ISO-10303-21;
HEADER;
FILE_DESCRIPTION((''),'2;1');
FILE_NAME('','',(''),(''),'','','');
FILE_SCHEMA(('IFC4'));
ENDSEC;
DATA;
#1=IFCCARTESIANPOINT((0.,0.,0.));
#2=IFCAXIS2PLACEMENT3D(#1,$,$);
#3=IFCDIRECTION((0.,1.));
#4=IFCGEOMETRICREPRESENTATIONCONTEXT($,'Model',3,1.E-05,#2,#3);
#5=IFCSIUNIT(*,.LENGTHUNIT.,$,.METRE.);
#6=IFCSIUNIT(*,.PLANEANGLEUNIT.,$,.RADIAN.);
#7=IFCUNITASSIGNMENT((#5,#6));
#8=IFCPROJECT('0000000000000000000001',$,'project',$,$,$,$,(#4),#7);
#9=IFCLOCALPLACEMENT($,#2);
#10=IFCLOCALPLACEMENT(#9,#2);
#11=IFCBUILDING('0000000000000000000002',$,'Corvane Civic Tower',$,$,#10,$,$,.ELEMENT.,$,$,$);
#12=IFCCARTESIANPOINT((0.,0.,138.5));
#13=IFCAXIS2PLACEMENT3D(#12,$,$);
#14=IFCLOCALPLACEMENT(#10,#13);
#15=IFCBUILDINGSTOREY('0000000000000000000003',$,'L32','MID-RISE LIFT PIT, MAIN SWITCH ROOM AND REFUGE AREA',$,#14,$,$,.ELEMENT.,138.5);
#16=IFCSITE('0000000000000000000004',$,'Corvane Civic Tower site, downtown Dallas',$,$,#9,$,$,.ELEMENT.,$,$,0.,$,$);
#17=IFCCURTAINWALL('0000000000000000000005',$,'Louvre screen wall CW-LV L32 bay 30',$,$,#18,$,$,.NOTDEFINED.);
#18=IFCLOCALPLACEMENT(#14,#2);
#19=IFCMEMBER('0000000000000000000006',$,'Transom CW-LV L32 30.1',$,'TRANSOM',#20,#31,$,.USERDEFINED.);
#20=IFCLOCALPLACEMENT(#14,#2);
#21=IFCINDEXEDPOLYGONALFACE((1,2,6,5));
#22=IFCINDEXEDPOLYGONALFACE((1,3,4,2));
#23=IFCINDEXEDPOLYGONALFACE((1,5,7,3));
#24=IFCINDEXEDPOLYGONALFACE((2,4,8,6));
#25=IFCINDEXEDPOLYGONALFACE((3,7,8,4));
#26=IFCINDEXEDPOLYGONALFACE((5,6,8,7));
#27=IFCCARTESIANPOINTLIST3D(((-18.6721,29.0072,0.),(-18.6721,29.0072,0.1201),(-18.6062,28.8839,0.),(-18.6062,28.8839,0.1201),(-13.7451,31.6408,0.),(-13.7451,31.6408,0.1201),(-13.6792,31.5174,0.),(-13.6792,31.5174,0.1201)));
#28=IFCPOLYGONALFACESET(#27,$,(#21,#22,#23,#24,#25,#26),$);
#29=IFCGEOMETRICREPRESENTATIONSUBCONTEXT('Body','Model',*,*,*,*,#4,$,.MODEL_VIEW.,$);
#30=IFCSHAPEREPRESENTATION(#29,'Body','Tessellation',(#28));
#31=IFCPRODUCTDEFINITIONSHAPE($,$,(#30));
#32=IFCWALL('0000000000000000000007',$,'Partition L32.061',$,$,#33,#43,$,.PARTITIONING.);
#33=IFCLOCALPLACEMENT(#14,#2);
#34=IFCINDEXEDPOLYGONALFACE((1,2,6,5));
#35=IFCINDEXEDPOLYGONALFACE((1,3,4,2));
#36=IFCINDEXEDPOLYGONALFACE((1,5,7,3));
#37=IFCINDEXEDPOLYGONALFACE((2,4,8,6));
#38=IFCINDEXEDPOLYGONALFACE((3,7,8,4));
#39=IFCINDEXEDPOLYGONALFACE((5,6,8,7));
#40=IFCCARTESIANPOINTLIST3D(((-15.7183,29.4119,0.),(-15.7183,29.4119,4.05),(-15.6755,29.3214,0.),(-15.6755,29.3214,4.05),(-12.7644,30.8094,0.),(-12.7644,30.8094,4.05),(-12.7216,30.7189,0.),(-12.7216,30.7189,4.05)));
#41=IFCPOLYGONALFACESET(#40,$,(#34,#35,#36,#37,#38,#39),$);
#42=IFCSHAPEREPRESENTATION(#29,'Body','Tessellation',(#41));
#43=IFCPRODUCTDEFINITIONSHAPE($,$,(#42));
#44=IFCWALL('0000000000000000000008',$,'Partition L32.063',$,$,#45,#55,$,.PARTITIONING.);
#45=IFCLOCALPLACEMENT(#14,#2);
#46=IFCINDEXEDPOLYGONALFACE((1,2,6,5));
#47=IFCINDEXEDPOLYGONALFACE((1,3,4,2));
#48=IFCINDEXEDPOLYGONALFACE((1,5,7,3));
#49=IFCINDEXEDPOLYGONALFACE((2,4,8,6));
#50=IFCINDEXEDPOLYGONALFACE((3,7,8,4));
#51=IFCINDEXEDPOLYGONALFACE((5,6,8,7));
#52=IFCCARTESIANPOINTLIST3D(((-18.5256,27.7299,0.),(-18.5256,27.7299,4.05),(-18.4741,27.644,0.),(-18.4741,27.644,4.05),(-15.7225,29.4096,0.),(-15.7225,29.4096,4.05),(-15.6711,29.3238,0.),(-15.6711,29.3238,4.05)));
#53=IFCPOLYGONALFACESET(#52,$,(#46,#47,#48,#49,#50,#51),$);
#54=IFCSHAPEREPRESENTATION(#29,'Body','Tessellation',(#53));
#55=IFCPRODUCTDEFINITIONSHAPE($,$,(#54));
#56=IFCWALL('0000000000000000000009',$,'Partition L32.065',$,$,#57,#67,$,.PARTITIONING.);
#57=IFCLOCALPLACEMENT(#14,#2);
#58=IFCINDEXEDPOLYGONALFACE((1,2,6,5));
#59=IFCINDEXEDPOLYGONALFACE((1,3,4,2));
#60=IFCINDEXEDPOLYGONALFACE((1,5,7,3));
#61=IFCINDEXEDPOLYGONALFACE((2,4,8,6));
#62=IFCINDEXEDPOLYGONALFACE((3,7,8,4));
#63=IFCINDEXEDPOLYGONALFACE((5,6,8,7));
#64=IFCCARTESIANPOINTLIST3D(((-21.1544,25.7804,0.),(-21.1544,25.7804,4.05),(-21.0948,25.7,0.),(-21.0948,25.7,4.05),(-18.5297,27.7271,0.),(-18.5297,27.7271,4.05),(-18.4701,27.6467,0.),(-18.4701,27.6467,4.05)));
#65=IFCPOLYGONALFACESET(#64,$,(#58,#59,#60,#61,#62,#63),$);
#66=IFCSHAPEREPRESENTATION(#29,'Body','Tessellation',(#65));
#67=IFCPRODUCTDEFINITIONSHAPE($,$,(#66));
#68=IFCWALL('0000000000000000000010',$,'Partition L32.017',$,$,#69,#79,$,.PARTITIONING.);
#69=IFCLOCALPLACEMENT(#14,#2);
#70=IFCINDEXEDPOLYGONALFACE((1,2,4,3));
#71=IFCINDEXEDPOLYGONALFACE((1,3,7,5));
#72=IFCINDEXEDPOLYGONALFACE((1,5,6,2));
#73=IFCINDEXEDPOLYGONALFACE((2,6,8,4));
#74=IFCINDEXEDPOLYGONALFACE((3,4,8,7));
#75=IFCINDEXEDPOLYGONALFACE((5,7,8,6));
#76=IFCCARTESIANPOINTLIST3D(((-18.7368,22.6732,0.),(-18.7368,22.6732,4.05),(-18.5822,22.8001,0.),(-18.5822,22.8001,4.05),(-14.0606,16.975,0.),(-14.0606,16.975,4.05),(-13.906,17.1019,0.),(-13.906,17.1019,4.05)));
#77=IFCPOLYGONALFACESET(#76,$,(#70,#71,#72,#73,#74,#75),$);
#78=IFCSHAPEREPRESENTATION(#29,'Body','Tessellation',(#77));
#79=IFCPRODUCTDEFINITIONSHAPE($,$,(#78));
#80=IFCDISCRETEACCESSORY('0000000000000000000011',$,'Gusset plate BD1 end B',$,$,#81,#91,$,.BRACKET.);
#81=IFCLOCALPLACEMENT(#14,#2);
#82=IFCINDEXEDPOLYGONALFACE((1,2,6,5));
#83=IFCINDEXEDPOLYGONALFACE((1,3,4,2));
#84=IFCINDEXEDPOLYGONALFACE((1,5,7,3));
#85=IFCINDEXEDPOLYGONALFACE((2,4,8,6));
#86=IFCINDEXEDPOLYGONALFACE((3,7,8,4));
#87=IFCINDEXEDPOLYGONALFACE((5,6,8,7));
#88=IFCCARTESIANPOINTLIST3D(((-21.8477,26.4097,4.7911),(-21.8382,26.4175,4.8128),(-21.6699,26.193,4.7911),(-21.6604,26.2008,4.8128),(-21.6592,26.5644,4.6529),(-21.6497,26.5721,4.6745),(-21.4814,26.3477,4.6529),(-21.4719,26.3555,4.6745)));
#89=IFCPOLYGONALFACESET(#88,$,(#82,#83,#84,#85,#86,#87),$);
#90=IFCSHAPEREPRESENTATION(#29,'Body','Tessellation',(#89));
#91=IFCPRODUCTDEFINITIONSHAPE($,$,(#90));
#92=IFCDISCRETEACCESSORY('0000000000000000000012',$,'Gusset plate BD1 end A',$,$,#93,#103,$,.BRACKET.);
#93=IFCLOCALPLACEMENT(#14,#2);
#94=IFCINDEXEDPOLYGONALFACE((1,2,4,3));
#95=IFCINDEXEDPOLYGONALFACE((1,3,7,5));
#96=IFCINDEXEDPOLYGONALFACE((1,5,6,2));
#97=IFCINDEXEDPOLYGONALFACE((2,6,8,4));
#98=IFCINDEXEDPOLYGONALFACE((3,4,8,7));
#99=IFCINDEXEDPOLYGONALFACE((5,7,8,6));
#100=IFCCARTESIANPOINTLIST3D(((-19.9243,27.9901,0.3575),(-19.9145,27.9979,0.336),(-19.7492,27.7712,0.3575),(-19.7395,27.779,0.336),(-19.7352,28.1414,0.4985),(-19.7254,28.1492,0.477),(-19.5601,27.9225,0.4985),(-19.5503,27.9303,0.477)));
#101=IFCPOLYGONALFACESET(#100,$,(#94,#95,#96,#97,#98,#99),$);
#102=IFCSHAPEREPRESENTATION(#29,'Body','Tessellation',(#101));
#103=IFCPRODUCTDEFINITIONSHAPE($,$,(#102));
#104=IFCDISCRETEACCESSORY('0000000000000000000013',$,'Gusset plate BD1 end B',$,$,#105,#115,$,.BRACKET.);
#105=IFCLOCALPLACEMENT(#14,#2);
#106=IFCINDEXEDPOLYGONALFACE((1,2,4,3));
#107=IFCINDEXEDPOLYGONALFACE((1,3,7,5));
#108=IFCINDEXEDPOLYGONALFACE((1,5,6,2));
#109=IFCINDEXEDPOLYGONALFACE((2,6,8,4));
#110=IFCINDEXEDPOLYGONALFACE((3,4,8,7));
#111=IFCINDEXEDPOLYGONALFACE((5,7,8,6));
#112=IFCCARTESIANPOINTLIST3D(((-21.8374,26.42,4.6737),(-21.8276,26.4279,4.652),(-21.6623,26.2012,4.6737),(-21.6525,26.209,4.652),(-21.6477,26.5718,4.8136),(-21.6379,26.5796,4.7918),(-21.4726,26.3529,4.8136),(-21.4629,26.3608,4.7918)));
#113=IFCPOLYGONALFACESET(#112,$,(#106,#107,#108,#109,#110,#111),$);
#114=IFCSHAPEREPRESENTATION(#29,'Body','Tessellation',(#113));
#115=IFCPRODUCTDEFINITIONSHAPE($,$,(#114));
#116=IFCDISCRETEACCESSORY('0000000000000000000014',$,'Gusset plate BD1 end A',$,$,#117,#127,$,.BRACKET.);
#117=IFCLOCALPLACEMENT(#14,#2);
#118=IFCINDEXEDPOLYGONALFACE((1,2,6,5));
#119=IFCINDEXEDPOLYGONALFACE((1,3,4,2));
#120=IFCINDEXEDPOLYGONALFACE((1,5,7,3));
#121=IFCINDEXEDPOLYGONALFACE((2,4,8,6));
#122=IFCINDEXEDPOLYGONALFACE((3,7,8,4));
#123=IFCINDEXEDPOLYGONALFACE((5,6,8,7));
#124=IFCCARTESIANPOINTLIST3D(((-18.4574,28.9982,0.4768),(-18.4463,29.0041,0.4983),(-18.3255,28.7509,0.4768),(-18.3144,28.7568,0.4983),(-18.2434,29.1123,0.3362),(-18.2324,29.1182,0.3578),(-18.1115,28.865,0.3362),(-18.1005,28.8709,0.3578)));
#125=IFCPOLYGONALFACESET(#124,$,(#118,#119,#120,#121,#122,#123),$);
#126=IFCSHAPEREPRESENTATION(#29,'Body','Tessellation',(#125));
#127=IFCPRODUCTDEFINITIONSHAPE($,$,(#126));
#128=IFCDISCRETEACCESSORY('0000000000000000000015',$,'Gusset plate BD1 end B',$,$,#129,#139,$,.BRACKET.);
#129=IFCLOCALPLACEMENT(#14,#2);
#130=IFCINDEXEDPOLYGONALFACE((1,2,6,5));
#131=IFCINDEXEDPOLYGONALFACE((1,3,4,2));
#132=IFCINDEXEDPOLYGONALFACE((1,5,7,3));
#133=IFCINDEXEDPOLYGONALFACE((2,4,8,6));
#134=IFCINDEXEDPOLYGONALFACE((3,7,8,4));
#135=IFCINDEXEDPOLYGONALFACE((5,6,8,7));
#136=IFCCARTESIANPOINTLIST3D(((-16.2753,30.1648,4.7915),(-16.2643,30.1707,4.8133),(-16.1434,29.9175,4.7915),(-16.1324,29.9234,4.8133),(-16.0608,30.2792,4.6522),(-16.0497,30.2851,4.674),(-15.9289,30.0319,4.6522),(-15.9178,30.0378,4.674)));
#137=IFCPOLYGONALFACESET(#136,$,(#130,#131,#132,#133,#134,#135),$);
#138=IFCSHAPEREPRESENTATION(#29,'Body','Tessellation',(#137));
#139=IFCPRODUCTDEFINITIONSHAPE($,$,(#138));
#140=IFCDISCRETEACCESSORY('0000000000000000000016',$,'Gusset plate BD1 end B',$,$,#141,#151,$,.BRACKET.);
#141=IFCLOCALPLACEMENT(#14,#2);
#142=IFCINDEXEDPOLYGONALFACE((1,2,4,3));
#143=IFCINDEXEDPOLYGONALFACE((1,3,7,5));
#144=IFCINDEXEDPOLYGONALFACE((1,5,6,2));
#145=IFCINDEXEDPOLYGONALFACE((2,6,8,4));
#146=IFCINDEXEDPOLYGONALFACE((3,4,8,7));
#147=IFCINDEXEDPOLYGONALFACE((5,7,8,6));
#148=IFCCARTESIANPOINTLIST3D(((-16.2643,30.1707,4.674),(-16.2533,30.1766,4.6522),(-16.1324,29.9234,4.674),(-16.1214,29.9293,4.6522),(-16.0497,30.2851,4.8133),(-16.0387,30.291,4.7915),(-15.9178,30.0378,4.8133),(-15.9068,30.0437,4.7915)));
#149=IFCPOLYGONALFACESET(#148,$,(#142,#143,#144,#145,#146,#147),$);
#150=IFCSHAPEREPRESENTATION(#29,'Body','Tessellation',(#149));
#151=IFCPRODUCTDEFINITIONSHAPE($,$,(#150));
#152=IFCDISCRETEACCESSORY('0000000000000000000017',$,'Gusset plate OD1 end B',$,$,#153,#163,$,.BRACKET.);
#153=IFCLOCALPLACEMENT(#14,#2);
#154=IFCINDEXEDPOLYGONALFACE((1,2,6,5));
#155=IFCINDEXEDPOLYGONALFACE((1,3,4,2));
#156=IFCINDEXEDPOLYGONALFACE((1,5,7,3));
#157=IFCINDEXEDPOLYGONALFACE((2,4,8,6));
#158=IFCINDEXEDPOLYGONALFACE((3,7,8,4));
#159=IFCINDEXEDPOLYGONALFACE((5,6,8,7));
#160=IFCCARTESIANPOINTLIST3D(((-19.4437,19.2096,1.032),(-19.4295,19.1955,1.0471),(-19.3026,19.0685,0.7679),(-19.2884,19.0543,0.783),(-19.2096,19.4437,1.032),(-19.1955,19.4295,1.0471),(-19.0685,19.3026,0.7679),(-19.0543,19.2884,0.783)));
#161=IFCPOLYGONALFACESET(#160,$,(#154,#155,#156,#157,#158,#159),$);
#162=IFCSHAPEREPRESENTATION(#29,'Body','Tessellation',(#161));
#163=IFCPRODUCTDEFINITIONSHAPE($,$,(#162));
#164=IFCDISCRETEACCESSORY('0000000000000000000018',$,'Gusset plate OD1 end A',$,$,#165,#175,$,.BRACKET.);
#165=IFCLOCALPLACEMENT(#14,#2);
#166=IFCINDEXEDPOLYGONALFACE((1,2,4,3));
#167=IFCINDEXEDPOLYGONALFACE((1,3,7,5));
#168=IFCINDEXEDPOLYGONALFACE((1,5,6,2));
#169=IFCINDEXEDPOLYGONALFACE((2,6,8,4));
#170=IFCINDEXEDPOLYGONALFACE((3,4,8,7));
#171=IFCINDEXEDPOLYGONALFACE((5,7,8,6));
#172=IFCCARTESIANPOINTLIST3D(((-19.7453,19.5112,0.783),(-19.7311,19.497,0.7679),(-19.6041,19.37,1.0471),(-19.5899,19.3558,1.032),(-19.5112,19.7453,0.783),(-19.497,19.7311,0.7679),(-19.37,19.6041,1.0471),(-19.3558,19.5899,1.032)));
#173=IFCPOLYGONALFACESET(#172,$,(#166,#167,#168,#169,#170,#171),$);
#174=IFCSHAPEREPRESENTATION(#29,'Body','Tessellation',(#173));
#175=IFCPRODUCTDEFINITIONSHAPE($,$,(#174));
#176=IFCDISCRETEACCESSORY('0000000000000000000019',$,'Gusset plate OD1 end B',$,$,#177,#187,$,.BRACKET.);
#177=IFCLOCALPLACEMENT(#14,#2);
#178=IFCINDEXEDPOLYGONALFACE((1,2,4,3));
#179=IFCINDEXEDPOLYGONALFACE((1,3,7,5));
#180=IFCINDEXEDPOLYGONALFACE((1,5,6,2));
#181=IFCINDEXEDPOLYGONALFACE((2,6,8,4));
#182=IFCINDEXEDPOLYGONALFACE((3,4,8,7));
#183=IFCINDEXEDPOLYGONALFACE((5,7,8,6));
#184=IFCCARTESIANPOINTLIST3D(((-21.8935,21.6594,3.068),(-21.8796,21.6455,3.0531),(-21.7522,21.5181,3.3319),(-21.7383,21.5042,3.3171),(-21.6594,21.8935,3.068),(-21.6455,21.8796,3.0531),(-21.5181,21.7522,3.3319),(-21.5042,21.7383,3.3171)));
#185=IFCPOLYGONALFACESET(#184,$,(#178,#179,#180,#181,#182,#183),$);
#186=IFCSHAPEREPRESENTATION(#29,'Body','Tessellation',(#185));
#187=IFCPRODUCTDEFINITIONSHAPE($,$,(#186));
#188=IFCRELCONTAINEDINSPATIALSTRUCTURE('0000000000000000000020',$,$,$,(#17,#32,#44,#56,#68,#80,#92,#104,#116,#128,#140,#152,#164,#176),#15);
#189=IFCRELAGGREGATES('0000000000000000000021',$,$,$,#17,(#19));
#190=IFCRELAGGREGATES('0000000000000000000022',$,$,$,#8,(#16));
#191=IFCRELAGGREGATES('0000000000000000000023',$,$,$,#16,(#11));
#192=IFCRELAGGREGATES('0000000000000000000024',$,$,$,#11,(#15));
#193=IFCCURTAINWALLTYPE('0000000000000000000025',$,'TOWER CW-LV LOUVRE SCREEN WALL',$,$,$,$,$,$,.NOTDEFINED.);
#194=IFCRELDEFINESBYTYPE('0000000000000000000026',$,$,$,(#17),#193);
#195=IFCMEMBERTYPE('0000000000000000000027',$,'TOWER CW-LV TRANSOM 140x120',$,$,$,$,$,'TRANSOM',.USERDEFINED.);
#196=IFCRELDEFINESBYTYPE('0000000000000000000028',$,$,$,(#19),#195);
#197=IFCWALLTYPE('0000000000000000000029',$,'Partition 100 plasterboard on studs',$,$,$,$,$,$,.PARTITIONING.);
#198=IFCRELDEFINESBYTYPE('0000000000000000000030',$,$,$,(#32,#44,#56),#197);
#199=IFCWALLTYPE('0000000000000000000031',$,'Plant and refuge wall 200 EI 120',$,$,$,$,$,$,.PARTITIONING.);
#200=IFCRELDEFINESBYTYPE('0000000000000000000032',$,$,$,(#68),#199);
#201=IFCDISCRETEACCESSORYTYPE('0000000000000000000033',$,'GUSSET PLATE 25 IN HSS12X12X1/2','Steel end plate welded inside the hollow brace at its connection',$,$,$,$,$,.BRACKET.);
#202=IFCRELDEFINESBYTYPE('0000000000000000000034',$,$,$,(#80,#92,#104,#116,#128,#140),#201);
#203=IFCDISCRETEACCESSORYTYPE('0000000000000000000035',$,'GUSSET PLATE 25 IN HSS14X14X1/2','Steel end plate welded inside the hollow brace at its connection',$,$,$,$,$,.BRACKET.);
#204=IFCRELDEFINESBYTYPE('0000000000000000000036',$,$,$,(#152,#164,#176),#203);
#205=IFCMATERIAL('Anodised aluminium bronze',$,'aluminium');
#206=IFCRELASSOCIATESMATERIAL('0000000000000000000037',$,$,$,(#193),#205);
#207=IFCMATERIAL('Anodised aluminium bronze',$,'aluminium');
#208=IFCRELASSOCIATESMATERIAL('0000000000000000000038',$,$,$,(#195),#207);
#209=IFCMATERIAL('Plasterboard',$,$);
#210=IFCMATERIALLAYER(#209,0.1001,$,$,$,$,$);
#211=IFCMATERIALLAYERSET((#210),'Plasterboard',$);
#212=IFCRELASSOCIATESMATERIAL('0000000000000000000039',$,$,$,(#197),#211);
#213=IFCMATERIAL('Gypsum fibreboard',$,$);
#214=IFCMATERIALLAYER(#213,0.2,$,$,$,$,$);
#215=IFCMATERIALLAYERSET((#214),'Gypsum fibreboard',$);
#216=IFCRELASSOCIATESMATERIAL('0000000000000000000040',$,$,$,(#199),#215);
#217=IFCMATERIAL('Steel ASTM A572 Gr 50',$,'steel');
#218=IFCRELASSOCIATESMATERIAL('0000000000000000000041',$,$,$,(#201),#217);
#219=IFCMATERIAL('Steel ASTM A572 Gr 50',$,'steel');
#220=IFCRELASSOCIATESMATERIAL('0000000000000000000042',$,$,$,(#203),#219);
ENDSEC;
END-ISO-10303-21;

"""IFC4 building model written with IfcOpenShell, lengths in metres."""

from ifc_helpers import new_model, si_unit, direction, frame, frame_2d, origin, origin_2d, place, context, subcontext, project, spatial, rectangle, extrude, material, layer, layer_set, material_profile, profile_set, type_object, element, aggregate, save


model = new_model("IFC4")

# Units and contexts
model_context = context("Model", 3, precision=1e-05, world=origin(), true_north=direction((0.0, 1.0)))
body_context = subcontext(model_context, "Body", "Model", "MODEL_VIEW")
ifc_project = project(units=[si_unit("LENGTHUNIT", "METRE"), si_unit("PLANEANGLEUNIT", "RADIAN")], contexts=[model_context])

# Site, building, storey
site_placement = place(None, origin())
site = spatial("IfcSite", under=ifc_project, at=site_placement, Name="Corvane Civic Tower site, downtown Dallas", CompositionType="ELEMENT", RefElevation=0.0)
building_placement = place(site_placement, origin())
building = spatial("IfcBuilding", under=site, at=building_placement, Name="Corvane Civic Tower", CompositionType="ELEMENT")
storey_placement = place(building_placement, frame((0.0, 0.0, 138.5)))
storey = spatial("IfcBuildingStorey", under=building, at=storey_placement, Name="L32", Description="MID-RISE LIFT PIT, MAIN SWITCH ROOM AND REFUGE AREA", CompositionType="ELEMENT", Elevation=138.5)

# Curtain wall, member
ifc_material_1 = material(Name="Anodised aluminium bronze", Category="aluminium")
curtain_wall_type = type_object("IfcCurtainWallType", Name="TOWER CW-LV LOUVRE SCREEN WALL", PredefinedType="NOTDEFINED", material=ifc_material_1)
curtain_wall_placement = place(storey_placement, origin())
curtain_wall = element("IfcCurtainWall", 1, at=curtain_wall_placement, inside=storey, type_object=curtain_wall_type, Name="Louvre screen wall CW-LV L32 bay 30", PredefinedType="NOTDEFINED")
ifc_material_2 = material(Name="Anodised aluminium bronze", Category="aluminium")
ifc_material_profile_1 = material_profile(ifc_material_2, rectangle(XDim=0.1399, YDim=0.1201, at=origin_2d()), Name="TOWER CW-LV TRANSOM 140x120")
ifc_profile_set_1 = profile_set([ifc_material_profile_1], Name="Anodised aluminium bronze")
member_type_1 = type_object("IfcMemberType", Name="TOWER CW-LV TRANSOM 140x120", ElementType="TRANSOM", PredefinedType="USERDEFINED", material=ifc_profile_set_1)
member_1_placement = place(storey_placement, frame((-18.6392, 28.9456, 0.0601), z_axis=(0.881921, 0.471398, 0.0), x_axis=(-0.471398, 0.881921, 0.0)))
member_1 = element("IfcMember", 2, at=member_1_placement, type_object=member_type_1, Name="Transom CW-LV L32 30.1", ObjectType="TRANSOM", PredefinedType="USERDEFINED", context=body_context, shape_type="SweptSolid", body=[
    extrude(rectangle(XDim=0.1399, YDim=0.1201, at=origin_2d()), origin(), (0.0, 0.0, 1.0), 5.5867),
])

# Walls
ifc_material_3 = material(Name="Plasterboard")
ifc_layer_1 = layer(ifc_material_3, 0.1001)
ifc_layer_set_1 = layer_set([ifc_layer_1], Name="Plasterboard")
wall_type_1 = type_object("IfcWallType", Name="Partition 100 plasterboard on studs", PredefinedType="PARTITIONING", material=ifc_layer_set_1)
for number, where, z_axis, x_axis, name in (
    (3, (-15.6968, 29.3667, 0.0), (0.0, 0.0, 1.0), (0.903943, 0.427653, 0.0), "Partition L32.061"),
    (4, (-18.4998, 27.687, 0.0), (0.0, 0.0, 1.0), (0.857776, 0.514023, 0.0), "Partition L32.063"),
    (5, (-21.1245, 25.7402, 0.0), (0.0, 0.0, 1.0), (0.803189, 0.595724, 0.0), "Partition L32.065"),
):
    element("IfcWall", number, at=place(storey_placement, frame(where, z_axis=z_axis, x_axis=x_axis)), inside=storey, type_object=wall_type_1, Name=name, PredefinedType="PARTITIONING", context=body_context, shape_type="SweptSolid", body=[
        extrude(rectangle(XDim=3.2678, YDim=0.1001, at=frame_2d((1.6338, 0.0))), origin(), (0.0, 0.0, 1.0), 4.05),
    ])
ifc_material_4 = material(Name="Gypsum fibreboard")
ifc_layer_2 = layer(ifc_material_4, 0.2)
ifc_layer_set_2 = layer_set([ifc_layer_2], Name="Gypsum fibreboard")
wall_type_2 = type_object("IfcWallType", Name="Plant and refuge wall 200 EI 120", PredefinedType="PARTITIONING", material=ifc_layer_set_2)
wall_placement = place(storey_placement, frame((-18.6594, 22.7366, 0.0), z_axis=(0.0, 0.0, 1.0), x_axis=(0.634381, -0.773021, 0.0)))
element("IfcWall", 6, at=wall_placement, inside=storey, type_object=wall_type_2, Name="Partition L32.017", PredefinedType="PARTITIONING", context=body_context, shape_type="SweptSolid", body=[
    extrude(rectangle(XDim=7.3713, YDim=0.2, at=frame_2d((3.6855, 0.0))), origin(), (0.0, 0.0, 1.0), 4.05),
])

aggregate(curtain_wall, [member_1])

# Discrete accessories
ifc_material_5 = material(Name="Steel ASTM A572 Gr 50", Category="steel")
ifc_material_profile_2 = material_profile(ifc_material_5, rectangle(XDim=0.2803, YDim=0.2803, at=origin_2d()), Name="GUSSET PLATE 25 IN HSS12X12X1/2")
ifc_profile_set_2 = profile_set([ifc_material_profile_2], Name="Steel ASTM A572 Gr 50")
discrete_accessory_type_1 = type_object("IfcDiscreteAccessoryType", Name="GUSSET PLATE 25 IN HSS12X12X1/2", Description="Steel end plate welded inside the hollow brace at its connection", PredefinedType="BRACKET", material=ifc_profile_set_2)
for number, where, z_axis, x_axis, name in (
    (7, (-21.655, 26.3865, 4.7437), (-0.381219, -0.312795, -0.869961), (0.634317, -0.773073, 0.0), "Gusset plate BD1 end B"),
    (8, (-19.7324, 27.9641, 0.4065), (-0.392837, -0.31427, 0.864242), (0.624695, -0.780869, 0.0), "Gusset plate BD1 end A"),
):
    element("IfcDiscreteAccessory", number, at=place(storey_placement, frame(where, z_axis=z_axis, x_axis=x_axis)), inside=storey, type_object=discrete_accessory_type_1, Name=name, PredefinedType="BRACKET", context=body_context, shape_type="SweptSolid", body=[
        extrude(rectangle(XDim=0.2803, YDim=0.2803, at=origin_2d()), origin(), (0.0, 0.0, 1.0), 0.0249),
    ])
discrete_accessory_1_placement = place(storey_placement, frame((-21.655, 26.3865, 4.7437), z_axis=(0.389526, 0.311621, -0.866696), x_axis=(-0.624695, 0.780869, 0.0)))
element("IfcDiscreteAccessory", 9, at=discrete_accessory_1_placement, inside=storey, type_object=discrete_accessory_type_1, Name="Gusset plate BD1 end B", PredefinedType="BRACKET", context=body_context, shape_type="SweptSolid", body=[
    extrude(rectangle(XDim=0.2803, YDim=0.2803, at=origin_2d()), origin(), (0.0, 0.0, 1.0), 0.0251),
])
discrete_accessory_2_placement = place(storey_placement, frame((-18.2844, 28.9316, 0.4065), z_axis=(0.442433, 0.235964, 0.865202), x_axis=(-0.470588, 0.882353, 0.0)))
element("IfcDiscreteAccessory", 10, at=discrete_accessory_2_placement, inside=storey, type_object=discrete_accessory_type_1, Name="Gusset plate BD1 end A", PredefinedType="BRACKET", context=body_context, shape_type="SweptSolid", body=[
    extrude(rectangle(XDim=0.2803, YDim=0.2803, at=origin_2d()), origin(), (0.0, 0.0, 1.0), 0.0249),
])
for number, where, z_axis, x_axis, name in (
    (11, (-16.0911, 30.1042, 4.7437), (-0.438696, -0.233971, -0.867643), (0.470588, -0.882353, 0.0), "Gusset plate BD1 end B"),
    (12, (-16.0911, 30.1042, 4.7437), (0.438696, 0.233971, -0.867643), (-0.470588, 0.882353, 0.0), "Gusset plate BD1 end B"),
):
    element("IfcDiscreteAccessory", number, at=place(storey_placement, frame(where, z_axis=z_axis, x_axis=x_axis)), inside=storey, type_object=discrete_accessory_type_1, Name=name, PredefinedType="BRACKET", context=body_context, shape_type="SweptSolid", body=[
        extrude(rectangle(XDim=0.2803, YDim=0.2803, at=origin_2d()), origin(), (0.0, 0.0, 1.0), 0.0251),
    ])
ifc_material_6 = material(Name="Steel ASTM A572 Gr 50", Category="steel")
ifc_material_profile_3 = material_profile(ifc_material_6, rectangle(XDim=0.3311, YDim=0.3311, at=origin_2d()), Name="GUSSET PLATE 25 IN HSS14X14X1/2")
ifc_profile_set_3 = profile_set([ifc_material_profile_3], Name="Steel ASTM A572 Gr 50")
discrete_accessory_type_2 = type_object("IfcDiscreteAccessoryType", Name="GUSSET PLATE 25 IN HSS14X14X1/2", Description="Steel end plate welded inside the hollow brace at its connection", PredefinedType="BRACKET", material=ifc_profile_set_3)
for number, where, z_axis, x_axis, name in (
    (13, (-19.2561, 19.2561, 0.8999), (0.564091, -0.564091, 0.602994), (0.707107, 0.707107, 0.0), "Gusset plate OD1 end B"),
    (14, (-19.5435, 19.5435, 0.8999), (-0.564091, 0.564091, 0.602994), (-0.707107, -0.707107, 0.0), "Gusset plate OD1 end A"),
):
    element("IfcDiscreteAccessory", number, at=place(storey_placement, frame(where, z_axis=z_axis, x_axis=x_axis)), inside=storey, type_object=discrete_accessory_type_2, Name=name, PredefinedType="BRACKET", context=body_context, shape_type="SweptSolid", body=[
        extrude(rectangle(XDim=0.3311, YDim=0.3311, at=origin_2d()), origin(), (0.0, 0.0, 1.0), 0.0251),
    ])
discrete_accessory_3_placement = place(storey_placement, frame((-21.7058, 21.7058, 3.2), z_axis=(0.563859, -0.563859, -0.603428), x_axis=(0.707107, 0.707107, 0.0)))
element("IfcDiscreteAccessory", 15, at=discrete_accessory_3_placement, inside=storey, type_object=discrete_accessory_type_2, Name="Gusset plate OD1 end B", PredefinedType="BRACKET", context=body_context, shape_type="SweptSolid", body=[
    extrude(rectangle(XDim=0.3311, YDim=0.3311, at=origin_2d()), origin(), (0.0, 0.0, 1.0), 0.0247),
])

save(model, "model.ifc")
